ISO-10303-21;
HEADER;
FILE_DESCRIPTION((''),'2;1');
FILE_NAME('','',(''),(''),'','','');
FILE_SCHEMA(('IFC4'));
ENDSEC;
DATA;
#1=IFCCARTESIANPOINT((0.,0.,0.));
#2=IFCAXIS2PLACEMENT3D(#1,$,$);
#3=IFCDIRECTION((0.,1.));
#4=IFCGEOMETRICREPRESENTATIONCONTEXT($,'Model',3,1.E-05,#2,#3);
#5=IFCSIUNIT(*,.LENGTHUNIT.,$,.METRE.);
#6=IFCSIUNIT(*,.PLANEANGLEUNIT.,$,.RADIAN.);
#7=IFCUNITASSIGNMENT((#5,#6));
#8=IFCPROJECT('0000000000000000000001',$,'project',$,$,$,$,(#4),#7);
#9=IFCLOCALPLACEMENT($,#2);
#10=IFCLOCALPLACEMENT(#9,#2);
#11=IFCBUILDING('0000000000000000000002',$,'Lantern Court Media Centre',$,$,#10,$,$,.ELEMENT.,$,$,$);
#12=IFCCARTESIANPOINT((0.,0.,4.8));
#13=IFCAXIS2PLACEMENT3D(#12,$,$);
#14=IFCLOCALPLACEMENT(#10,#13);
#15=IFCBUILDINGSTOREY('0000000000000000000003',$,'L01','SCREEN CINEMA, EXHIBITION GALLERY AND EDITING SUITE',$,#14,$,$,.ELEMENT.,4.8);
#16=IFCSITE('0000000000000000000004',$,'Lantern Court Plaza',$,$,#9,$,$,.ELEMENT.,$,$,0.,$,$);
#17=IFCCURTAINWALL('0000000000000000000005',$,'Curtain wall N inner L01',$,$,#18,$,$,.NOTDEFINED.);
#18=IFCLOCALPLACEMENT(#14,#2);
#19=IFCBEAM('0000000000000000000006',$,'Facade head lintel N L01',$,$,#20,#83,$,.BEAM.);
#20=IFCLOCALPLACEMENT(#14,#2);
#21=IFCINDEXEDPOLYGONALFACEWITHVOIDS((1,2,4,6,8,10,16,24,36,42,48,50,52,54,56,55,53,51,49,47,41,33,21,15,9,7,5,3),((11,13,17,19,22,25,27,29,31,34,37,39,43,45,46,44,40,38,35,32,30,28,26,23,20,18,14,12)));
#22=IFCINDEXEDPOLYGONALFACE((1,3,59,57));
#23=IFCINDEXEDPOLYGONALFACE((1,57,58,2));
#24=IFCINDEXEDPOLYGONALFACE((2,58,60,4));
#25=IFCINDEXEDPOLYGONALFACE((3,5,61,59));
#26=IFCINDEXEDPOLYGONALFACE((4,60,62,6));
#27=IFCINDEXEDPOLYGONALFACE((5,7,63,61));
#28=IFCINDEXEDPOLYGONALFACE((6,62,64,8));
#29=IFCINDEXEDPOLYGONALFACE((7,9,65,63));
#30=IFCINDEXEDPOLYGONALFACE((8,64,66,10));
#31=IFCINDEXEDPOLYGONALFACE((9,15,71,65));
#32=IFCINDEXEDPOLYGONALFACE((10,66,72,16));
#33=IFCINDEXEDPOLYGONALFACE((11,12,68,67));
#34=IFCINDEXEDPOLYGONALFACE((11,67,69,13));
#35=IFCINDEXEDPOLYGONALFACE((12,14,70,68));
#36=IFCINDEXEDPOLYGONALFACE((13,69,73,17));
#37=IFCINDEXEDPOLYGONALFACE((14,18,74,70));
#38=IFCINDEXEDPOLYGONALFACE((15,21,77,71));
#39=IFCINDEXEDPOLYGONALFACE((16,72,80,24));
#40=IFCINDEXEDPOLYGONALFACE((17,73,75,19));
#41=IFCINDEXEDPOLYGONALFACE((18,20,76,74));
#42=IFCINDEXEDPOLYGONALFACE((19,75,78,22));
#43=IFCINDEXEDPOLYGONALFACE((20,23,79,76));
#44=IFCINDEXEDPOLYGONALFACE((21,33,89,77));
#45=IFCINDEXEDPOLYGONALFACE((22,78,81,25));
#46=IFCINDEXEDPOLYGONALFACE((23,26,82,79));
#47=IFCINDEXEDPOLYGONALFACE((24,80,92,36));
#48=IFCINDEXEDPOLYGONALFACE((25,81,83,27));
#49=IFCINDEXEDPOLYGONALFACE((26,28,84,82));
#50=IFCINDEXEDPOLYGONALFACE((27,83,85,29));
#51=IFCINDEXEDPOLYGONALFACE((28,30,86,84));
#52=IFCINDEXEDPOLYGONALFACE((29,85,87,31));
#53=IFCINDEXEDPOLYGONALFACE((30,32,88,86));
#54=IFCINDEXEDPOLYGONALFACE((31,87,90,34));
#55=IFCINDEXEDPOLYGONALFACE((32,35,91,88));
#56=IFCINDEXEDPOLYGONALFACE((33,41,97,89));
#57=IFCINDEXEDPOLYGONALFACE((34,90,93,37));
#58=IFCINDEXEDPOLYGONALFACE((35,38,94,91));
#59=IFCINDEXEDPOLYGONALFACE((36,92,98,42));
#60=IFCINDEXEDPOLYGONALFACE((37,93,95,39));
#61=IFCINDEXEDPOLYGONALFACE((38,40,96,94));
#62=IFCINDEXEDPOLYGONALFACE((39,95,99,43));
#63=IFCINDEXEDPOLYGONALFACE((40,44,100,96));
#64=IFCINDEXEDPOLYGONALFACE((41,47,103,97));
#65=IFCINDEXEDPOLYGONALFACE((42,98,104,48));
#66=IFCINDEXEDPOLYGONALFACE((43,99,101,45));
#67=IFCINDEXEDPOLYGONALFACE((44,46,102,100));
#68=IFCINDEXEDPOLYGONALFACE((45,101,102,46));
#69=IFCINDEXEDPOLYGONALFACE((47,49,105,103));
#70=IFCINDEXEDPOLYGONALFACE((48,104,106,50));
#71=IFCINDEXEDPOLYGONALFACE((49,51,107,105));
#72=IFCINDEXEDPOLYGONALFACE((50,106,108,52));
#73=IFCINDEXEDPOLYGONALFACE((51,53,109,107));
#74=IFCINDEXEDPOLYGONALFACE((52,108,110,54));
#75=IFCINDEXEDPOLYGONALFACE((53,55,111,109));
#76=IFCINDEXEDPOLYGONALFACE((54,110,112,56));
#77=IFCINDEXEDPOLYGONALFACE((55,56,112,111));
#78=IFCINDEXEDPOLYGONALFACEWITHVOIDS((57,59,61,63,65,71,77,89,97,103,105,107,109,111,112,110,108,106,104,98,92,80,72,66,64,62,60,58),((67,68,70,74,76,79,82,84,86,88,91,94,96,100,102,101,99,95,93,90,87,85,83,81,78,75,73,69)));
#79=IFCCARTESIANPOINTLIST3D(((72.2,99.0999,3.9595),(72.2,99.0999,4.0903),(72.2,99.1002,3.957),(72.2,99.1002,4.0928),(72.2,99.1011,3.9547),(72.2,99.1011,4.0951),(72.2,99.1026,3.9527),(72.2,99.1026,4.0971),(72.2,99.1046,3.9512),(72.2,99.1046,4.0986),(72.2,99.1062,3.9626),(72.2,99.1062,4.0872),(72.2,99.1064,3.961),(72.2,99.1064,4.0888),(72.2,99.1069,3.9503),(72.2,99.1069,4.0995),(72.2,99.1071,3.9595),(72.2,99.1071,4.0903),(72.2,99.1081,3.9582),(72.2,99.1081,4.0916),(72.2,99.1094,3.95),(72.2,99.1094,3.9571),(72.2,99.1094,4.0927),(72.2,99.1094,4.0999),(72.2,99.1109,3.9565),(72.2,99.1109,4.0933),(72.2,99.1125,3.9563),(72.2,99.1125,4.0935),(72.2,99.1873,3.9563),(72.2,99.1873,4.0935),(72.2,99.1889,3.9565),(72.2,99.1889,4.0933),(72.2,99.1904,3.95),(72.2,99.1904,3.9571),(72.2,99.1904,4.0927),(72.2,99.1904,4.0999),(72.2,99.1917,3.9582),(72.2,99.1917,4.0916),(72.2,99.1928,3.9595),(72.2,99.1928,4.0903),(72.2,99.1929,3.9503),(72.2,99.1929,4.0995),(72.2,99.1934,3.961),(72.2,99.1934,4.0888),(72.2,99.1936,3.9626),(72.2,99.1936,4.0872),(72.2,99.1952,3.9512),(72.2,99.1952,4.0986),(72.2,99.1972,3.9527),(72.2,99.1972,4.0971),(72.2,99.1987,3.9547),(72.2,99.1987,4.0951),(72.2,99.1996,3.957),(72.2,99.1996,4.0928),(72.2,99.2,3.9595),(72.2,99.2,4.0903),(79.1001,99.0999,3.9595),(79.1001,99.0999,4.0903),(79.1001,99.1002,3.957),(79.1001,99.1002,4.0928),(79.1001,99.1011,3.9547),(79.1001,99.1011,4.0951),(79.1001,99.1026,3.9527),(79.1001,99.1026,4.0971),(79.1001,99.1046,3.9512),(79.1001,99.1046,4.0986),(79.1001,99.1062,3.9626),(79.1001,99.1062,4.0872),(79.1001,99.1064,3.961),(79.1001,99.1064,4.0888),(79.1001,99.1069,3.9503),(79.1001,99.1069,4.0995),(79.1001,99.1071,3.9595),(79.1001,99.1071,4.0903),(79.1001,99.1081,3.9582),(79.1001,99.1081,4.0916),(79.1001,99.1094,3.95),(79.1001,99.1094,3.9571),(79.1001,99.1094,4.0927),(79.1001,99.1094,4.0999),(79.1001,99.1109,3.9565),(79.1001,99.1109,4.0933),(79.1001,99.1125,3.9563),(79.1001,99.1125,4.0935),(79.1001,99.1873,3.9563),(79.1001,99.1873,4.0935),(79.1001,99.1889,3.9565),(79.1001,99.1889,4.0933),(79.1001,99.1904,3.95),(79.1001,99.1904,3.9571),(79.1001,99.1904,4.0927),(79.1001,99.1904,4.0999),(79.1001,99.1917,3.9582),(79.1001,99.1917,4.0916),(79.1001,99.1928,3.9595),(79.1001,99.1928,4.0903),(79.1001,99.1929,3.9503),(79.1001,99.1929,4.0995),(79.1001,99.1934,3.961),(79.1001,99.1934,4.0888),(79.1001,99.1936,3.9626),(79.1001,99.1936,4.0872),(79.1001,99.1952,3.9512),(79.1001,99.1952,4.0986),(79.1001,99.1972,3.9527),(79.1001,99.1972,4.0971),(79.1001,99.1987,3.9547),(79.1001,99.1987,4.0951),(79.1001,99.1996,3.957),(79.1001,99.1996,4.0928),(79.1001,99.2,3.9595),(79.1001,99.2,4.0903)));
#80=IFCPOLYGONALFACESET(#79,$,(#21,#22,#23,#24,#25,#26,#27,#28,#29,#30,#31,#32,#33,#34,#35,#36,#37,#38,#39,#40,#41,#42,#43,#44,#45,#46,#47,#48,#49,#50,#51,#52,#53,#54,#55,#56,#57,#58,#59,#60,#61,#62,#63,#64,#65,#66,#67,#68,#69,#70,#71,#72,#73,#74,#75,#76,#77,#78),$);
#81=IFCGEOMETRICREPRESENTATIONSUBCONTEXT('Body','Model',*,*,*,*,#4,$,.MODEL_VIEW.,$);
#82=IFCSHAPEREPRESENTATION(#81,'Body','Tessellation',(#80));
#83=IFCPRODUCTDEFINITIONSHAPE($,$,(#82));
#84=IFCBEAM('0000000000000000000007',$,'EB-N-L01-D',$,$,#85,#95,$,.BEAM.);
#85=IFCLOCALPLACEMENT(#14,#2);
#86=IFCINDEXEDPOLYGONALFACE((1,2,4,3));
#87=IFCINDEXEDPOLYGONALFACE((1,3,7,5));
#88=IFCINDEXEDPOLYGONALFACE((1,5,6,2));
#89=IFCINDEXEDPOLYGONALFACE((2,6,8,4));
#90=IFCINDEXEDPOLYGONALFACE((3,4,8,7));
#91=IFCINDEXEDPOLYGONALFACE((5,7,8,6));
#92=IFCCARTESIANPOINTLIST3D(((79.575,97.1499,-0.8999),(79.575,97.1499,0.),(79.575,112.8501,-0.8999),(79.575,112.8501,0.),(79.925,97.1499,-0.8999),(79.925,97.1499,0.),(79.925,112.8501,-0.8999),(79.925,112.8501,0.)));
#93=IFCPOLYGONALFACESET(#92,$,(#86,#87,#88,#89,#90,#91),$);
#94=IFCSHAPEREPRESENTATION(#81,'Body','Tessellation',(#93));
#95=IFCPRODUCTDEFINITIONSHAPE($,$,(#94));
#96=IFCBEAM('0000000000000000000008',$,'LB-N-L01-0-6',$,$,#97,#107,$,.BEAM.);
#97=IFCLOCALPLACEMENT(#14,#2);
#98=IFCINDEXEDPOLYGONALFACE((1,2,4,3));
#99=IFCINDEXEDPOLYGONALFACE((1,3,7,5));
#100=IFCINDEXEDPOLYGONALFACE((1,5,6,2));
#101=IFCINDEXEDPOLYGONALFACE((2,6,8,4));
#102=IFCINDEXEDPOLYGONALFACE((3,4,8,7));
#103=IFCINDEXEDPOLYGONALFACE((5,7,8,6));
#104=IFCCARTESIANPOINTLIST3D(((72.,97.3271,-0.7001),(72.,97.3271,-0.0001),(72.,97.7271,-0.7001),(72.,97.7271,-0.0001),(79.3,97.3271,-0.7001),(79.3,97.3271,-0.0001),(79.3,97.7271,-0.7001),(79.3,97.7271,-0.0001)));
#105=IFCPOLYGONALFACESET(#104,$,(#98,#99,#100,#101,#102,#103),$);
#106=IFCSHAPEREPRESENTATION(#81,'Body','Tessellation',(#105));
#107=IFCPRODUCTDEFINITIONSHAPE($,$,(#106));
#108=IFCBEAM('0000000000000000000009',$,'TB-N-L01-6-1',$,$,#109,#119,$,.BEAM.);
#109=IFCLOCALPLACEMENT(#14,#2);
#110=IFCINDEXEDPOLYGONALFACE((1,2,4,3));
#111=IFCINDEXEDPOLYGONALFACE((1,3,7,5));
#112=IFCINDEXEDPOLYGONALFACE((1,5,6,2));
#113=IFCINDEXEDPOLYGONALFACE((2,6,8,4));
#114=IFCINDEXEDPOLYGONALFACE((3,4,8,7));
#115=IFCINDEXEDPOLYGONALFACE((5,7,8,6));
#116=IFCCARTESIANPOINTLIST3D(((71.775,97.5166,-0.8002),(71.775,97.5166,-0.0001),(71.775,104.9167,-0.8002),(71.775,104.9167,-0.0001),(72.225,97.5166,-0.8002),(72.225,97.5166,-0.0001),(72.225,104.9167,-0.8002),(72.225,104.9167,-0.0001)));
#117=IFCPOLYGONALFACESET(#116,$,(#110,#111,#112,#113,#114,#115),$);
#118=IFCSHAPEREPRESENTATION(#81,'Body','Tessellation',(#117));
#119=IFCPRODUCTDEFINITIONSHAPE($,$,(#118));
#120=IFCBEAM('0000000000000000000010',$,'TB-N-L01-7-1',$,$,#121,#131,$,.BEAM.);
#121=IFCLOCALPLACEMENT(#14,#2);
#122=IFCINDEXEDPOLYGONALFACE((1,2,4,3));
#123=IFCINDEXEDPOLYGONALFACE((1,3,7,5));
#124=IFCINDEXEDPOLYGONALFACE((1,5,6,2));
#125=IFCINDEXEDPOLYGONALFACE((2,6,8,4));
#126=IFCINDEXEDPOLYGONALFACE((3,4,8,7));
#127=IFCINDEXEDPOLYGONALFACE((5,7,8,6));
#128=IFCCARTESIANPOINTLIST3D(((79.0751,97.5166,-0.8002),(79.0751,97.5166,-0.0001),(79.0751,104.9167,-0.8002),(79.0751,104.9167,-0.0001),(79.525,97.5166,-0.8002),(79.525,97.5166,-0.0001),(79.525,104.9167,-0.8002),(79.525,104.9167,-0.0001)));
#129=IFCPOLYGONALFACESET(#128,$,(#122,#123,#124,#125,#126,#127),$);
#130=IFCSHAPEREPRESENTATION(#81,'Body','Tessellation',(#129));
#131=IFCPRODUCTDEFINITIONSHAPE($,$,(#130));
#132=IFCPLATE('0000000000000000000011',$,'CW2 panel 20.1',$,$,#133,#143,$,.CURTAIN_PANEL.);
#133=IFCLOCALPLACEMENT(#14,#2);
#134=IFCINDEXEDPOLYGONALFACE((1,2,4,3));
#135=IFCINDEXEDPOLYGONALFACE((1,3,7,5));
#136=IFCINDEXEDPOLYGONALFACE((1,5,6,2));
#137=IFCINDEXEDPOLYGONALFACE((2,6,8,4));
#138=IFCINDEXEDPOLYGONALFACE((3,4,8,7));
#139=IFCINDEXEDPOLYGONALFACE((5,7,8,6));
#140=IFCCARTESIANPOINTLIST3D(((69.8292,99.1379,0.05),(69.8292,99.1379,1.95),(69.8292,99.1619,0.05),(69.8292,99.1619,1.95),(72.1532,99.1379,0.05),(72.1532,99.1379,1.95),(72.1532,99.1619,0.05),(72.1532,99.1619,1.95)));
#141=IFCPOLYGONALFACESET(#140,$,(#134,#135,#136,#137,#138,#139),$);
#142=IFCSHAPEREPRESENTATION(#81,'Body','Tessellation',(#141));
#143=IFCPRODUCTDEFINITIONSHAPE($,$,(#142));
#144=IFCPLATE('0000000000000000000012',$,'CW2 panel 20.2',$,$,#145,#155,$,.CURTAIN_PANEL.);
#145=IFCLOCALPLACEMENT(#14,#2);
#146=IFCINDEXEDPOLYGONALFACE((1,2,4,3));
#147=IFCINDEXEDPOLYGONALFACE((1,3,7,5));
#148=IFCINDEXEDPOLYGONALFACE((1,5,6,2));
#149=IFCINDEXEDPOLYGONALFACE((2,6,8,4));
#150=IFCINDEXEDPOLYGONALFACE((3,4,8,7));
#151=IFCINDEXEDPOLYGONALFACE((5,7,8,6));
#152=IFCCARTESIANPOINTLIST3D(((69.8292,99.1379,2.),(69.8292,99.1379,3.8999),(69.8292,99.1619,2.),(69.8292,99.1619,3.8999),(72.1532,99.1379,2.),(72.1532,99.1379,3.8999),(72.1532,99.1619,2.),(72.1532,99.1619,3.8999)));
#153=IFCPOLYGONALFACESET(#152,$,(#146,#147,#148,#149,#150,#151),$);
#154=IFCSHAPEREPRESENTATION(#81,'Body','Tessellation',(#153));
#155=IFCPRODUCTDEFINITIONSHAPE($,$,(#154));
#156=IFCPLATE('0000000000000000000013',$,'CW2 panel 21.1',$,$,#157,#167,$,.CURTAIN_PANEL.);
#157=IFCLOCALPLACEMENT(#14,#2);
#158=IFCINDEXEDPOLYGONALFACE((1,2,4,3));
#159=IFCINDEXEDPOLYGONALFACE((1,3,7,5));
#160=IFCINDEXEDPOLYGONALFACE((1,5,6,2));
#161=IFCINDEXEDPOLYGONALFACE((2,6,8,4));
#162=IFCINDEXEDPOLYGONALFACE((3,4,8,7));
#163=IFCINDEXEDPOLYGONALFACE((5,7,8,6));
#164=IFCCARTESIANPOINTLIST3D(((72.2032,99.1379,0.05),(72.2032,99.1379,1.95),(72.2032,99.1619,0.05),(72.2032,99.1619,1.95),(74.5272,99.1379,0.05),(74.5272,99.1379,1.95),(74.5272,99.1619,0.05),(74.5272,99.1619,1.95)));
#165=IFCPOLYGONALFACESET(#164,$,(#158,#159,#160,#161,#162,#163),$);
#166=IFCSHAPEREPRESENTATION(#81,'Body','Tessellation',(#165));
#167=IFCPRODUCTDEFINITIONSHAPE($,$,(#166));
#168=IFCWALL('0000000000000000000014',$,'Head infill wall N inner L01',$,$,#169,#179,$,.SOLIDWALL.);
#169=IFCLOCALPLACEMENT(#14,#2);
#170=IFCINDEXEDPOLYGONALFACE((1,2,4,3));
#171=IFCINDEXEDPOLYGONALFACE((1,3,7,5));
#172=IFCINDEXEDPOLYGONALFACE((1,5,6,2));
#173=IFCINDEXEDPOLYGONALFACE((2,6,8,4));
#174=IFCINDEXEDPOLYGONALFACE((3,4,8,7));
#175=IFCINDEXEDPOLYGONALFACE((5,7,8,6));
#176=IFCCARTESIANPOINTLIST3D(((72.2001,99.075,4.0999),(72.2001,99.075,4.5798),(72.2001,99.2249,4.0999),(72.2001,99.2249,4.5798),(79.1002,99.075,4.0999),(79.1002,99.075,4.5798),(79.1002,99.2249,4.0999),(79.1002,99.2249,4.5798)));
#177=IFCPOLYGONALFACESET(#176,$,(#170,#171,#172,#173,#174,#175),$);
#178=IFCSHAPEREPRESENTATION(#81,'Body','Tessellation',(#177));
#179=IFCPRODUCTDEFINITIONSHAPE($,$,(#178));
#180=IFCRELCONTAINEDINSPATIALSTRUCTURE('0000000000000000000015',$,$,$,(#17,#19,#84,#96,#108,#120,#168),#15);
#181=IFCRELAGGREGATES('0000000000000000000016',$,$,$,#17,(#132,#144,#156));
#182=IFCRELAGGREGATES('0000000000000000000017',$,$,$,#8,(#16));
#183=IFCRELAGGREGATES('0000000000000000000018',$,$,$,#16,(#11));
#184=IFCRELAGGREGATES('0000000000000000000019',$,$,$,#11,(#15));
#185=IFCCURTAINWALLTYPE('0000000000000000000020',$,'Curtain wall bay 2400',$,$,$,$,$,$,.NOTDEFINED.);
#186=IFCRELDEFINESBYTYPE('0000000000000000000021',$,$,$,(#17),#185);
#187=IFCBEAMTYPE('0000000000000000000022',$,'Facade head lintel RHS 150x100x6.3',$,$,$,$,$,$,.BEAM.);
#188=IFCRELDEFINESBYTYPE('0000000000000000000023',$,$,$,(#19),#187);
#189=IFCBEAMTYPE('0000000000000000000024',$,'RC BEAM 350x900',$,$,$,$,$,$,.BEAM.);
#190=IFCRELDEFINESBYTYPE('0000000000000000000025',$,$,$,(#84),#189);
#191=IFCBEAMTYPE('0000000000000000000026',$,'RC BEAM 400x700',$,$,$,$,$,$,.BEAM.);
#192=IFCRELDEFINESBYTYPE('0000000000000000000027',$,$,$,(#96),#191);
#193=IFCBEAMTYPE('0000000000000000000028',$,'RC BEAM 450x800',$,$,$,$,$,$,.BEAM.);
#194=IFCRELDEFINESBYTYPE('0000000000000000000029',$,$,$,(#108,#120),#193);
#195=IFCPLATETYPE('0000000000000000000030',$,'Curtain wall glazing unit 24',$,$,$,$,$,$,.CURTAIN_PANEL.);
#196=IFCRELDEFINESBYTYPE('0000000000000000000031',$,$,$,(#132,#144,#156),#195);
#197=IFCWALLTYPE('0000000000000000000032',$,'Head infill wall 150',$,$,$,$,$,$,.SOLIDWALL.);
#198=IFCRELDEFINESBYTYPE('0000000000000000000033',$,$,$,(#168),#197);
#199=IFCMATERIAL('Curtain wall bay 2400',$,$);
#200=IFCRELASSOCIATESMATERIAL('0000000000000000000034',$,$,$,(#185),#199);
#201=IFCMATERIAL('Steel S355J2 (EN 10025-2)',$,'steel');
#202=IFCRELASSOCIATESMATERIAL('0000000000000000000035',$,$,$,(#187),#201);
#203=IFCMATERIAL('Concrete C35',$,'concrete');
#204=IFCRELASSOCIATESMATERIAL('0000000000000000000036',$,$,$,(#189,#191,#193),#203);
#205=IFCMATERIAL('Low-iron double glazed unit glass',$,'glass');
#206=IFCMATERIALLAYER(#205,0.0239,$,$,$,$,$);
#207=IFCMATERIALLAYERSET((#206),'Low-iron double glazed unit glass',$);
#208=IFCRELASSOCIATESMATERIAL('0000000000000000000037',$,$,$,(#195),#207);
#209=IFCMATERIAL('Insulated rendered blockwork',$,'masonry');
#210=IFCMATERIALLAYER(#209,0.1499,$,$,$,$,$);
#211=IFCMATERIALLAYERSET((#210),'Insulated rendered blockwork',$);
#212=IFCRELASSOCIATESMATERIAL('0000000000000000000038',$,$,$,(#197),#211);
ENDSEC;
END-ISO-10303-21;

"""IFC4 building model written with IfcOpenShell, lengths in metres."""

from ifc_helpers import new_model, si_unit, direction, frame, frame_2d, origin, origin_2d, place, context, subcontext, project, spatial, rectangle, hollow_rectangle, extrude, material, layer, layer_set, material_profile, profile_set, type_object, element, aggregate, save


model = new_model("IFC4")

# Units and contexts
model_context = context("Model", 3, precision=1e-05, world=origin(), true_north=direction((0.0, 1.0)))
body_context = subcontext(model_context, "Body", "Model", "MODEL_VIEW")
ifc_project = project(units=[si_unit("LENGTHUNIT", "METRE"), si_unit("PLANEANGLEUNIT", "RADIAN")], contexts=[model_context])

# Site, building, storey
site_placement = place(None, origin())
site = spatial("IfcSite", under=ifc_project, at=site_placement, Name="Lantern Court Plaza", CompositionType="ELEMENT", RefElevation=0.0)
building_placement = place(site_placement, origin())
building = spatial("IfcBuilding", under=site, at=building_placement, Name="Lantern Court Media Centre", CompositionType="ELEMENT")
storey_placement = place(building_placement, frame((0.0, 0.0, 4.8)))
storey = spatial("IfcBuildingStorey", under=building, at=storey_placement, Name="L01", Description="SCREEN CINEMA, EXHIBITION GALLERY AND EDITING SUITE", CompositionType="ELEMENT", Elevation=4.8)

# Shared definitions
ifc_material_1 = material(Name="Concrete C35", Category="concrete")

# Curtain wall
ifc_material_2 = material(Name="Curtain wall bay 2400")
curtain_wall_type = type_object("IfcCurtainWallType", Name="Curtain wall bay 2400", PredefinedType="NOTDEFINED", material=ifc_material_2)
curtain_wall_placement = place(storey_placement, origin())
curtain_wall = element("IfcCurtainWall", 1, at=curtain_wall_placement, inside=storey, type_object=curtain_wall_type, Name="Curtain wall N inner L01", PredefinedType="NOTDEFINED")

# Beams
ifc_material_3 = material(Name="Steel S355J2 (EN 10025-2)", Category="steel")
ifc_material_profile_1 = material_profile(ifc_material_3, hollow_rectangle(XDim=0.1001, YDim=0.1499, WallThickness=0.0063, InnerFilletRadius=0.0063, OuterFilletRadius=0.0095, at=origin_2d()), Name="Facade head lintel RHS 150x100x6.3")
ifc_profile_set_1 = profile_set([ifc_material_profile_1], Name="Steel S355J2 (EN 10025-2)")
beam_type_1 = type_object("IfcBeamType", Name="Facade head lintel RHS 150x100x6.3", PredefinedType="BEAM", material=ifc_profile_set_1)
beam_1_placement = place(storey_placement, frame((72.2, 99.1499, 4.0249), z_axis=(1.0, 0.0, 0.0), x_axis=(0.0, 1.0, 0.0)))
element("IfcBeam", 2, at=beam_1_placement, inside=storey, type_object=beam_type_1, Name="Facade head lintel N L01", PredefinedType="BEAM", context=body_context, shape_type="SweptSolid", body=[
    extrude(hollow_rectangle(XDim=0.1001, YDim=0.1499, WallThickness=0.0063, InnerFilletRadius=0.0063, OuterFilletRadius=0.0095, at=origin_2d()), origin(), (0.0, 0.0, 1.0), 6.9001),
])
ifc_material_profile_2 = material_profile(ifc_material_1, rectangle(XDim=0.3501, YDim=0.8999, at=origin_2d()), Name="RC 350x900")
ifc_profile_set_2 = profile_set([ifc_material_profile_2], Name="Concrete C35")
beam_type_2 = type_object("IfcBeamType", Name="RC BEAM 350x900", PredefinedType="BEAM", material=ifc_profile_set_2)
beam_2_placement = place(storey_placement, frame((79.75, 97.1499, -0.45), z_axis=(0.0, 1.0, 0.0), x_axis=(-1.0, 0.0, 0.0)))
element("IfcBeam", 3, at=beam_2_placement, inside=storey, type_object=beam_type_2, Name="EB-N-L01-D", PredefinedType="BEAM", context=body_context, shape_type="SweptSolid", body=[
    extrude(rectangle(XDim=0.3501, YDim=0.8999, at=origin_2d()), origin(), (0.0, 0.0, 1.0), 15.7002),
])
ifc_material_profile_3 = material_profile(ifc_material_1, rectangle(XDim=0.3999, YDim=0.7, at=origin_2d()), Name="RC 400x700")
ifc_profile_set_3 = profile_set([ifc_material_profile_3], Name="Concrete C35")
beam_type_3 = type_object("IfcBeamType", Name="RC BEAM 400x700", PredefinedType="BEAM", material=ifc_profile_set_3)
beam_3_placement = place(storey_placement, frame((72.0, 97.5271, -0.3501), z_axis=(1.0, 0.0, 0.0), x_axis=(0.0, 1.0, 0.0)))
element("IfcBeam", 4, at=beam_3_placement, inside=storey, type_object=beam_type_3, Name="LB-N-L01-0-6", PredefinedType="BEAM", context=body_context, shape_type="SweptSolid", body=[
    extrude(rectangle(XDim=0.3999, YDim=0.7, at=origin_2d()), origin(), (0.0, 0.0, 1.0), 7.3),
])
ifc_material_profile_4 = material_profile(ifc_material_1, rectangle(XDim=0.45, YDim=0.8, at=origin_2d()), Name="RC 450x800")
ifc_profile_set_4 = profile_set([ifc_material_profile_4], Name="Concrete C35")
beam_type_4 = type_object("IfcBeamType", Name="RC BEAM 450x800", PredefinedType="BEAM", material=ifc_profile_set_4)
for number, where, z_axis, x_axis, name in (
    (5, (72.0, 97.5166, -0.4001), (0.0, 1.0, 0.0), (-1.0, 0.0, 0.0), "TB-N-L01-6-1"),
    (6, (79.3, 97.5166, -0.4001), (0.0, 1.0, 0.0), (-1.0, 0.0, 0.0), "TB-N-L01-7-1"),
):
    element("IfcBeam", number, at=place(storey_placement, frame(where, z_axis=z_axis, x_axis=x_axis)), inside=storey, type_object=beam_type_4, Name=name, PredefinedType="BEAM", context=body_context, shape_type="SweptSolid", body=[
        extrude(rectangle(XDim=0.45, YDim=0.8, at=origin_2d()), origin(), (0.0, 0.0, 1.0), 7.4001),
    ])

# Plates
ifc_material_4 = material(Name="Low-iron double glazed unit glass", Category="glass")
ifc_layer_1 = layer(ifc_material_4, 0.0239)
ifc_layer_set_1 = layer_set([ifc_layer_1], Name="Low-iron double glazed unit glass")
plate_type = type_object("IfcPlateType", Name="Curtain wall glazing unit 24", PredefinedType="CURTAIN_PANEL", material=ifc_layer_set_1)
plate_1_placement = place(storey_placement, frame((70.9912, 99.1499, 0.05), z_axis=(0.0, 0.0, 1.0), x_axis=(1.0, 0.0, 0.0)))
plate_1 = element("IfcPlate", 7, at=plate_1_placement, type_object=plate_type, Name="CW2 panel 20.1", PredefinedType="CURTAIN_PANEL", context=body_context, shape_type="SweptSolid", body=[
    extrude(rectangle(XDim=2.324, YDim=0.0239, at=origin_2d()), origin(), (0.0, 0.0, 1.0), 1.8999),
])
plate_2_placement = place(storey_placement, frame((70.9912, 99.1499, 2.0), z_axis=(0.0, 0.0, 1.0), x_axis=(1.0, 0.0, 0.0)))
plate_2 = element("IfcPlate", 8, at=plate_2_placement, type_object=plate_type, Name="CW2 panel 20.2", PredefinedType="CURTAIN_PANEL", context=body_context, shape_type="SweptSolid", body=[
    extrude(rectangle(XDim=2.324, YDim=0.0239, at=origin_2d()), origin(), (0.0, 0.0, 1.0), 1.8999),
])
plate_3_placement = place(storey_placement, frame((73.3652, 99.1499, 0.05), z_axis=(0.0, 0.0, 1.0), x_axis=(1.0, 0.0, 0.0)))
plate_3 = element("IfcPlate", 9, at=plate_3_placement, type_object=plate_type, Name="CW2 panel 21.1", PredefinedType="CURTAIN_PANEL", context=body_context, shape_type="SweptSolid", body=[
    extrude(rectangle(XDim=2.324, YDim=0.0239, at=origin_2d()), origin(), (0.0, 0.0, 1.0), 1.8999),
])
aggregate(curtain_wall, [plate_1, plate_2, plate_3])

# Wall
ifc_material_5 = material(Name="Insulated rendered blockwork", Category="masonry")
ifc_layer_2 = layer(ifc_material_5, 0.1499)
ifc_layer_set_2 = layer_set([ifc_layer_2], Name="Insulated rendered blockwork")
wall_type = type_object("IfcWallType", Name="Head infill wall 150", PredefinedType="SOLIDWALL", material=ifc_layer_set_2)
wall_placement = place(storey_placement, frame((72.2, 99.1499, 4.0999), z_axis=(0.0, 0.0, 1.0), x_axis=(1.0, 0.0, 0.0)))
element("IfcWall", 10, at=wall_placement, inside=storey, type_object=wall_type, Name="Head infill wall N inner L01", PredefinedType="SOLIDWALL", context=body_context, shape_type="SweptSolid", body=[
    extrude(rectangle(XDim=6.9001, YDim=0.1499, at=frame_2d((3.4502, 0.0))), origin(), (0.0, 0.0, 1.0), 0.48),
])

save(model, "model.ifc")
